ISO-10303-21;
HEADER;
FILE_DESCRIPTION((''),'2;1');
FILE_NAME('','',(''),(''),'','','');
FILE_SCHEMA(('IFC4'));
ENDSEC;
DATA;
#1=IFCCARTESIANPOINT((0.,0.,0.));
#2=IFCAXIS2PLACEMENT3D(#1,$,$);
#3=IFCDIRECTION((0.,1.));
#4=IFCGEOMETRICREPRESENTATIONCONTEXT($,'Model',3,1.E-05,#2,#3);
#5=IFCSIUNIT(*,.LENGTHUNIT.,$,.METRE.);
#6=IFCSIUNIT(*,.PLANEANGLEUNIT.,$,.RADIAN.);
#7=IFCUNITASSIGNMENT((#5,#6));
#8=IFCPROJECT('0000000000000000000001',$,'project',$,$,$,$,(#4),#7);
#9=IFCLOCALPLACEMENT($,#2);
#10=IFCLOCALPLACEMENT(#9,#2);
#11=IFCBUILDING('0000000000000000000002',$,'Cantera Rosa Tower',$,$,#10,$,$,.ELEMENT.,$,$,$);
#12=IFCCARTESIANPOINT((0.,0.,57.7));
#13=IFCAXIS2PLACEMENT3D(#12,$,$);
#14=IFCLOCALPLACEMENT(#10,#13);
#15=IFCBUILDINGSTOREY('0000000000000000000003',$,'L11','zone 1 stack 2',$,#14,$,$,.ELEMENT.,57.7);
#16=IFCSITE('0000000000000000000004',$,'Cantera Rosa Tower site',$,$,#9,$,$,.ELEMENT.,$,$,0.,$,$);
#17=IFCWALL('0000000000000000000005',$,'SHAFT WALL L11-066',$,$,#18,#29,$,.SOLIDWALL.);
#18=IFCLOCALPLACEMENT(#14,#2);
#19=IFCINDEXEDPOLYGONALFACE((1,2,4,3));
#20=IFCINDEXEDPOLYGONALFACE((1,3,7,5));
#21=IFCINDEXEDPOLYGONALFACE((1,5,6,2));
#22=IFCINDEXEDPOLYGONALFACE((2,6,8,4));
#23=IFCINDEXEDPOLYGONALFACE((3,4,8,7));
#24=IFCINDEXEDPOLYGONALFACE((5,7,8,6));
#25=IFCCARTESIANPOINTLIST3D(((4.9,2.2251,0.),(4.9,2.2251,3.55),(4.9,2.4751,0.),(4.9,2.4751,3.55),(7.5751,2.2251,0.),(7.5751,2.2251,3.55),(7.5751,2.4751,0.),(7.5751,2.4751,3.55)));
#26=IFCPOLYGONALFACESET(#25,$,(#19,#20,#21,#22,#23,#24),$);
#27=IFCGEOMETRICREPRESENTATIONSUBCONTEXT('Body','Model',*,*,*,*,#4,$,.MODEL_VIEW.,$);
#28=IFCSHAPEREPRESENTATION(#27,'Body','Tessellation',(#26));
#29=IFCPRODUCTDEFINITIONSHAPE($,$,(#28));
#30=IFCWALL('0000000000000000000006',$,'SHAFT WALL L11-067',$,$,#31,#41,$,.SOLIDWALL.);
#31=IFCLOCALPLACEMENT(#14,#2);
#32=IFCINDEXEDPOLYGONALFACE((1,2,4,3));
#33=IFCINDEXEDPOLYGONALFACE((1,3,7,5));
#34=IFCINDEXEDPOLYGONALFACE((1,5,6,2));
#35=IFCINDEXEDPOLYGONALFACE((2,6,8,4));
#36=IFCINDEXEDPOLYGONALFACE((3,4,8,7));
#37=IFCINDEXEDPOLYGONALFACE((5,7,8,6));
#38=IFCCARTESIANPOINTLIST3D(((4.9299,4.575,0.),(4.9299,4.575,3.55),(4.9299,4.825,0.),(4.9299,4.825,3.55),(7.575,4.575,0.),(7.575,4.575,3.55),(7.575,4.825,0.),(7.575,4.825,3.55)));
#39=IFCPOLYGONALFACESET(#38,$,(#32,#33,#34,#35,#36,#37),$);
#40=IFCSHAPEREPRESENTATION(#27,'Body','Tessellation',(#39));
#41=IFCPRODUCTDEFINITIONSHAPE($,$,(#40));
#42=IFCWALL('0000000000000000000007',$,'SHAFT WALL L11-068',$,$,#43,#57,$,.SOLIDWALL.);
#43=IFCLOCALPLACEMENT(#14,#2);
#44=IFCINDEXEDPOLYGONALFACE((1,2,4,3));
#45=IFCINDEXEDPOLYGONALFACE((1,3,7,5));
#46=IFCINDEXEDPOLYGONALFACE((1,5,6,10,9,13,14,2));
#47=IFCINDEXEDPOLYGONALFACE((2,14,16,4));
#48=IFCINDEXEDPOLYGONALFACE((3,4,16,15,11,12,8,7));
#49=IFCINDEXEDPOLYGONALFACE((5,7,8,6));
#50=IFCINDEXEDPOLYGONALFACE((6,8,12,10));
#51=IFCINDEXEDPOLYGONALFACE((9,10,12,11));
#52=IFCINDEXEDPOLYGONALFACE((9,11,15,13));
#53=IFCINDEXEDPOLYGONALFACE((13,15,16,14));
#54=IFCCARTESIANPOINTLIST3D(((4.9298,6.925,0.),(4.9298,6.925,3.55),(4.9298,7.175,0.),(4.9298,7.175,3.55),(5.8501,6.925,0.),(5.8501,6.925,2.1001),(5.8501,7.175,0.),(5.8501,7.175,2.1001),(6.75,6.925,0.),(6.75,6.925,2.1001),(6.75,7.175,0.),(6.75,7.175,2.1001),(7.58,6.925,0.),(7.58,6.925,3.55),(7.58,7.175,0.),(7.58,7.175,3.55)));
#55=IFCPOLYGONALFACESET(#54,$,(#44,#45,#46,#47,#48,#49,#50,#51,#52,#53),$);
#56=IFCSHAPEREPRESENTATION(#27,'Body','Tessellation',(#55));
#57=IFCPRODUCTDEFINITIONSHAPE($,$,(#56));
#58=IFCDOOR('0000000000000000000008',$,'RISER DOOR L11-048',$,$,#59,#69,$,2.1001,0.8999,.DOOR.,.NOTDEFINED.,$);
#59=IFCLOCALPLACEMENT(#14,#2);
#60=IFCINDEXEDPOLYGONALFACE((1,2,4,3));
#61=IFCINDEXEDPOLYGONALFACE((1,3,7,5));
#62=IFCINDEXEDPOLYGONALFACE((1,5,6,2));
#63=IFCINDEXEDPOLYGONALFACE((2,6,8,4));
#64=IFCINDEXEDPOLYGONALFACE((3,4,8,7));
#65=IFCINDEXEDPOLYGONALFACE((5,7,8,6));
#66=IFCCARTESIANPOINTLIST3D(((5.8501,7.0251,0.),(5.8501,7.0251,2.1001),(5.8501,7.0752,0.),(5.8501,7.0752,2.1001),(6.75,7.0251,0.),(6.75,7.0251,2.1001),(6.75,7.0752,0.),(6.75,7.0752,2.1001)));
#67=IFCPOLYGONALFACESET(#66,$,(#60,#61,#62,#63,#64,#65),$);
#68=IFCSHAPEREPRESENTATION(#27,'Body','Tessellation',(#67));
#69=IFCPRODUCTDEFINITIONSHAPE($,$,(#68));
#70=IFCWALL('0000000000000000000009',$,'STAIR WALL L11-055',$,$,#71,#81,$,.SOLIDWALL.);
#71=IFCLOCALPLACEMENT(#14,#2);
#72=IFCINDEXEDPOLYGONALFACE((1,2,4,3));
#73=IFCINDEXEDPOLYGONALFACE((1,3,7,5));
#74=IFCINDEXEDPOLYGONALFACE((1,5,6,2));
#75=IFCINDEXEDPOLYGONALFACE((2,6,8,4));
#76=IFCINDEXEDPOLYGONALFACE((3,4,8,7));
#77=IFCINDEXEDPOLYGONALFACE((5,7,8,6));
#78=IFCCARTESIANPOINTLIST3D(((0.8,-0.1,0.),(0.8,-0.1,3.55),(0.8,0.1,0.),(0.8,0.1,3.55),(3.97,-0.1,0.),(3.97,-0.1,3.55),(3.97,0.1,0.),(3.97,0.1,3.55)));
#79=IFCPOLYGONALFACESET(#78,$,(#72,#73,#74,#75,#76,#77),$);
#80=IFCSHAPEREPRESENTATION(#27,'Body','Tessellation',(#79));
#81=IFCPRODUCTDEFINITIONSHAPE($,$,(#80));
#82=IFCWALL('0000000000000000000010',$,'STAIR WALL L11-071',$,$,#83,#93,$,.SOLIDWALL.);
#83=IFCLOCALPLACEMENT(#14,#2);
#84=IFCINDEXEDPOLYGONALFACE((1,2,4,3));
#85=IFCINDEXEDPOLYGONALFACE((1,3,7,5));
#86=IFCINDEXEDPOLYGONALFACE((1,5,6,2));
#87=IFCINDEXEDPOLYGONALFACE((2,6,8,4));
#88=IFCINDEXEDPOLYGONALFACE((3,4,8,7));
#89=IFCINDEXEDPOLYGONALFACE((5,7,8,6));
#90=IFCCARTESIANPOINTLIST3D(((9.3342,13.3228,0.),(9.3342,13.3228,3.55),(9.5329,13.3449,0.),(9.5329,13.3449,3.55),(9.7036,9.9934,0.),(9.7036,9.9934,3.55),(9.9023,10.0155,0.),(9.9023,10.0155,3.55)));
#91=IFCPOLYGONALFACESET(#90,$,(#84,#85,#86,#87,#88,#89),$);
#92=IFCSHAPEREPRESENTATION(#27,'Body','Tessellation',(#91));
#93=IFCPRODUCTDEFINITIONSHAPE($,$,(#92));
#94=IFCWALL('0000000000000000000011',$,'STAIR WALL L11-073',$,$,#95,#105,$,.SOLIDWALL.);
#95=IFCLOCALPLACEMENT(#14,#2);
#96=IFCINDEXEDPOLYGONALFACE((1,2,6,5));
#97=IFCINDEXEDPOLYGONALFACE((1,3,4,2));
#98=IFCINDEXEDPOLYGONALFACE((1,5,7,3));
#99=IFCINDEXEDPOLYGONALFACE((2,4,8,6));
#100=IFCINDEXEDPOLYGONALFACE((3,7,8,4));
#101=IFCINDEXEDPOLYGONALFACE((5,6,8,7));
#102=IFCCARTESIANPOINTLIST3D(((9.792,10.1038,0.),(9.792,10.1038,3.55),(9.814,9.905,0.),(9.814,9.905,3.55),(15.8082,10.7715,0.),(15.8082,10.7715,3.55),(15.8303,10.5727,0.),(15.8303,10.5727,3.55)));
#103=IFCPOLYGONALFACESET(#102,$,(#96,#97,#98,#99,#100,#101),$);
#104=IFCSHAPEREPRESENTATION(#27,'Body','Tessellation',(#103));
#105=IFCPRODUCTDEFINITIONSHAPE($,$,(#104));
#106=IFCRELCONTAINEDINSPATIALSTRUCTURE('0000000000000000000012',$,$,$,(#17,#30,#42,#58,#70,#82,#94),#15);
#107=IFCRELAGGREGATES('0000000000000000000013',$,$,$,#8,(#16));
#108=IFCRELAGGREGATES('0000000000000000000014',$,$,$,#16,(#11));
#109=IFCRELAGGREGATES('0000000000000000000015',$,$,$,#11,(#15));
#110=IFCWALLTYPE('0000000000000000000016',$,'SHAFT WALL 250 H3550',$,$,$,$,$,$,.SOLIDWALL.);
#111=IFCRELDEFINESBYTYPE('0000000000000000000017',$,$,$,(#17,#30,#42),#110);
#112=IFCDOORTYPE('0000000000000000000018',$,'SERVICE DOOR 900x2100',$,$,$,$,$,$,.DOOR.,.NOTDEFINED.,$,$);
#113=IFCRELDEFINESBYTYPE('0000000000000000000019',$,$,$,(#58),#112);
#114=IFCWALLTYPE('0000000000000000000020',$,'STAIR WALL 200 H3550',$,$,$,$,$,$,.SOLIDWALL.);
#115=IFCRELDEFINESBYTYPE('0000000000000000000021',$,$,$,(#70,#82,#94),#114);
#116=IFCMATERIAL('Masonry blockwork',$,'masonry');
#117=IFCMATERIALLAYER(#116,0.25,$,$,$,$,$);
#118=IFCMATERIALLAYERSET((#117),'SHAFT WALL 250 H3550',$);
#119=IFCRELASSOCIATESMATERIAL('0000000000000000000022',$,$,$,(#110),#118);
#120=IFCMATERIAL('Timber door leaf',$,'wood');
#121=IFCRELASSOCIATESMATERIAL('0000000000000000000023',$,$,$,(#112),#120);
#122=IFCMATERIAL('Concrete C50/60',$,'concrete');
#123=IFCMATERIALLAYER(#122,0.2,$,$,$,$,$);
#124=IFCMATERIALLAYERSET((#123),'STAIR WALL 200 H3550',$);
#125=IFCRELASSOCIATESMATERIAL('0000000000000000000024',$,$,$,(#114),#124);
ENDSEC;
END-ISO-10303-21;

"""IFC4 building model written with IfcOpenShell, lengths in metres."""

from ifc_helpers import new_model, si_unit, direction, frame, frame_2d, origin, place, context, subcontext, project, spatial, rectangle, extrude, material, layer, layer_set, type_object, element, fill, save


model = new_model("IFC4")

# Units and contexts
model_context = context("Model", 3, precision=1e-05, world=origin(), true_north=direction((0.0, 1.0)))
body_context = subcontext(model_context, "Body", "Model", "MODEL_VIEW")
ifc_project = project(units=[si_unit("LENGTHUNIT", "METRE"), si_unit("PLANEANGLEUNIT", "RADIAN")], contexts=[model_context])

# Site, building, storey
site_placement = place(None, origin())
site = spatial("IfcSite", under=ifc_project, at=site_placement, Name="Cantera Rosa Tower site", CompositionType="ELEMENT", RefElevation=0.0)
building_placement = place(site_placement, origin())
building = spatial("IfcBuilding", under=site, at=building_placement, Name="Cantera Rosa Tower", CompositionType="ELEMENT")
storey_placement = place(building_placement, frame((0.0, 0.0, 57.7)))
storey = spatial("IfcBuildingStorey", under=building, at=storey_placement, Name="L11", Description="zone 1 stack 2", CompositionType="ELEMENT", Elevation=57.7)

# Walls
ifc_material_1 = material(Name="Masonry blockwork", Category="masonry")
ifc_layer_1 = layer(ifc_material_1, 0.25)
ifc_layer_set_1 = layer_set([ifc_layer_1], Name="SHAFT WALL 250 H3550")
wall_type_1 = type_object("IfcWallType", Name="SHAFT WALL 250 H3550", PredefinedType="SOLIDWALL", material=ifc_layer_set_1)
for number, where, z_axis, x_axis, name in (
    (1, (7.575, 2.3501, 0.0), (0.0, 0.0, 1.0), (-1.0, 0.0, 0.0), "SHAFT WALL L11-066"),
):
    element("IfcWall", number, at=place(storey_placement, frame(where, z_axis=z_axis, x_axis=x_axis)), inside=storey, type_object=wall_type_1, Name=name, PredefinedType="SOLIDWALL", context=body_context, shape_type="SweptSolid", body=[
        extrude(rectangle(XDim=2.675, YDim=0.25, at=frame_2d((1.3374, 0.0))), origin(), (0.0, 0.0, 1.0), 3.55),
    ])
wall_1_placement = place(storey_placement, frame((7.575, 4.7, 0.0), z_axis=(0.0, 0.0, 1.0), x_axis=(-1.0, 0.0, 0.0)))
element("IfcWall", 2, at=wall_1_placement, inside=storey, type_object=wall_type_1, Name="SHAFT WALL L11-067", PredefinedType="SOLIDWALL", context=body_context, shape_type="SweptSolid", body=[
    extrude(rectangle(XDim=2.645, YDim=0.25, at=frame_2d((1.3225, 0.0))), origin(), (0.0, 0.0, 1.0), 3.55),
])

# Wall, opening, door
wall_2_placement = place(storey_placement, frame((7.5801, 7.05, 0.0), z_axis=(0.0, 0.0, 1.0), x_axis=(-1.0, 0.0, 0.0)))
wall_2 = element("IfcWall", 3, at=wall_2_placement, inside=storey, type_object=wall_type_1, Name="SHAFT WALL L11-068", PredefinedType="SOLIDWALL", context=body_context, shape_type="SweptSolid", body=[
    extrude(rectangle(XDim=2.6501, YDim=0.25, at=frame_2d((1.3252, 0.0))), origin(), (0.0, 0.0, 1.0), 3.55),
])
opening_placement = place(wall_2_placement, frame((0.8301, 0.0, 0.0)))
opening = element("IfcOpeningElement", 4, at=opening_placement, cuts=wall_2, PredefinedType="OPENING", context=body_context, shape_type="SweptSolid", body=[
    extrude(rectangle(XDim=0.8999, YDim=2.1001, at=frame_2d((0.45, 1.05))), frame((0.0, 0.135, 0.0), z_axis=(0.0, -1.0, 0.0), x_axis=(1.0, 0.0, 0.0)), (0.0, 0.0, 1.0), 0.27),
])
ifc_material_2 = material(Name="Timber door leaf", Category="wood")
door_type = type_object("IfcDoorType", Name="SERVICE DOOR 900x2100", OperationType="NOTDEFINED", PredefinedType="DOOR", material=ifc_material_2)
door_placement = place(opening_placement, origin())
door = element("IfcDoor", 5, at=door_placement, inside=storey, type_object=door_type, Name="RISER DOOR L11-048", OperationType="NOTDEFINED", OverallHeight=2.1001, OverallWidth=0.8999, PredefinedType="DOOR", context=body_context, shape_type="SweptSolid", body=[
    extrude(rectangle(XDim=0.8999, YDim=2.1001, at=frame_2d((0.45, 1.05))), frame((0.0, 0.0249, 0.0), z_axis=(0.0, -1.0, 0.0), x_axis=(1.0, 0.0, 0.0)), (0.0, 0.0, 1.0), 0.05),
])
fill(opening, door)

# Walls
ifc_material_3 = material(Name="Concrete C50/60", Category="concrete")
ifc_layer_2 = layer(ifc_material_3, 0.2)
ifc_layer_set_2 = layer_set([ifc_layer_2], Name="STAIR WALL 200 H3550")
wall_type_2 = type_object("IfcWallType", Name="STAIR WALL 200 H3550", PredefinedType="SOLIDWALL", material=ifc_layer_set_2)
wall_3_placement = place(storey_placement, frame((0.8, 0.0, 0.0), z_axis=(0.0, 0.0, 1.0), x_axis=(1.0, 0.0, 0.0)))
element("IfcWall", 6, at=wall_3_placement, inside=storey, type_object=wall_type_2, Name="STAIR WALL L11-055", PredefinedType="SOLIDWALL", context=body_context, shape_type="SweptSolid", body=[
    extrude(rectangle(XDim=3.1699, YDim=0.2, at=frame_2d((1.585, 0.0))), origin(), (0.0, 0.0, 1.0), 3.55),
])
wall_4_placement = place(storey_placement, frame((9.4336, 13.3337, 0.0), z_axis=(0.0, 0.0, 1.0), x_axis=(0.110272, -0.993901, 0.0)))
element("IfcWall", 7, at=wall_4_placement, inside=storey, type_object=wall_type_2, Name="STAIR WALL L11-071", PredefinedType="SOLIDWALL", context=body_context, shape_type="SweptSolid", body=[
    extrude(rectangle(XDim=3.3499, YDim=0.2, at=frame_2d((1.6748, 0.0))), origin(), (0.0, 0.0, 1.0), 3.55),
])
wall_5_placement = place(storey_placement, frame((9.803, 10.0044, 0.0), z_axis=(0.0, 0.0, 1.0), x_axis=(0.993897, 0.110308, 0.0)))
element("IfcWall", 8, at=wall_5_placement, inside=storey, type_object=wall_type_2, Name="STAIR WALL L11-073", PredefinedType="SOLIDWALL", context=body_context, shape_type="SweptSolid", body=[
    extrude(rectangle(XDim=6.0532, YDim=0.2, at=frame_2d((3.0266, 0.0))), origin(), (0.0, 0.0, 1.0), 3.55),
])

save(model, "model.ifc")
